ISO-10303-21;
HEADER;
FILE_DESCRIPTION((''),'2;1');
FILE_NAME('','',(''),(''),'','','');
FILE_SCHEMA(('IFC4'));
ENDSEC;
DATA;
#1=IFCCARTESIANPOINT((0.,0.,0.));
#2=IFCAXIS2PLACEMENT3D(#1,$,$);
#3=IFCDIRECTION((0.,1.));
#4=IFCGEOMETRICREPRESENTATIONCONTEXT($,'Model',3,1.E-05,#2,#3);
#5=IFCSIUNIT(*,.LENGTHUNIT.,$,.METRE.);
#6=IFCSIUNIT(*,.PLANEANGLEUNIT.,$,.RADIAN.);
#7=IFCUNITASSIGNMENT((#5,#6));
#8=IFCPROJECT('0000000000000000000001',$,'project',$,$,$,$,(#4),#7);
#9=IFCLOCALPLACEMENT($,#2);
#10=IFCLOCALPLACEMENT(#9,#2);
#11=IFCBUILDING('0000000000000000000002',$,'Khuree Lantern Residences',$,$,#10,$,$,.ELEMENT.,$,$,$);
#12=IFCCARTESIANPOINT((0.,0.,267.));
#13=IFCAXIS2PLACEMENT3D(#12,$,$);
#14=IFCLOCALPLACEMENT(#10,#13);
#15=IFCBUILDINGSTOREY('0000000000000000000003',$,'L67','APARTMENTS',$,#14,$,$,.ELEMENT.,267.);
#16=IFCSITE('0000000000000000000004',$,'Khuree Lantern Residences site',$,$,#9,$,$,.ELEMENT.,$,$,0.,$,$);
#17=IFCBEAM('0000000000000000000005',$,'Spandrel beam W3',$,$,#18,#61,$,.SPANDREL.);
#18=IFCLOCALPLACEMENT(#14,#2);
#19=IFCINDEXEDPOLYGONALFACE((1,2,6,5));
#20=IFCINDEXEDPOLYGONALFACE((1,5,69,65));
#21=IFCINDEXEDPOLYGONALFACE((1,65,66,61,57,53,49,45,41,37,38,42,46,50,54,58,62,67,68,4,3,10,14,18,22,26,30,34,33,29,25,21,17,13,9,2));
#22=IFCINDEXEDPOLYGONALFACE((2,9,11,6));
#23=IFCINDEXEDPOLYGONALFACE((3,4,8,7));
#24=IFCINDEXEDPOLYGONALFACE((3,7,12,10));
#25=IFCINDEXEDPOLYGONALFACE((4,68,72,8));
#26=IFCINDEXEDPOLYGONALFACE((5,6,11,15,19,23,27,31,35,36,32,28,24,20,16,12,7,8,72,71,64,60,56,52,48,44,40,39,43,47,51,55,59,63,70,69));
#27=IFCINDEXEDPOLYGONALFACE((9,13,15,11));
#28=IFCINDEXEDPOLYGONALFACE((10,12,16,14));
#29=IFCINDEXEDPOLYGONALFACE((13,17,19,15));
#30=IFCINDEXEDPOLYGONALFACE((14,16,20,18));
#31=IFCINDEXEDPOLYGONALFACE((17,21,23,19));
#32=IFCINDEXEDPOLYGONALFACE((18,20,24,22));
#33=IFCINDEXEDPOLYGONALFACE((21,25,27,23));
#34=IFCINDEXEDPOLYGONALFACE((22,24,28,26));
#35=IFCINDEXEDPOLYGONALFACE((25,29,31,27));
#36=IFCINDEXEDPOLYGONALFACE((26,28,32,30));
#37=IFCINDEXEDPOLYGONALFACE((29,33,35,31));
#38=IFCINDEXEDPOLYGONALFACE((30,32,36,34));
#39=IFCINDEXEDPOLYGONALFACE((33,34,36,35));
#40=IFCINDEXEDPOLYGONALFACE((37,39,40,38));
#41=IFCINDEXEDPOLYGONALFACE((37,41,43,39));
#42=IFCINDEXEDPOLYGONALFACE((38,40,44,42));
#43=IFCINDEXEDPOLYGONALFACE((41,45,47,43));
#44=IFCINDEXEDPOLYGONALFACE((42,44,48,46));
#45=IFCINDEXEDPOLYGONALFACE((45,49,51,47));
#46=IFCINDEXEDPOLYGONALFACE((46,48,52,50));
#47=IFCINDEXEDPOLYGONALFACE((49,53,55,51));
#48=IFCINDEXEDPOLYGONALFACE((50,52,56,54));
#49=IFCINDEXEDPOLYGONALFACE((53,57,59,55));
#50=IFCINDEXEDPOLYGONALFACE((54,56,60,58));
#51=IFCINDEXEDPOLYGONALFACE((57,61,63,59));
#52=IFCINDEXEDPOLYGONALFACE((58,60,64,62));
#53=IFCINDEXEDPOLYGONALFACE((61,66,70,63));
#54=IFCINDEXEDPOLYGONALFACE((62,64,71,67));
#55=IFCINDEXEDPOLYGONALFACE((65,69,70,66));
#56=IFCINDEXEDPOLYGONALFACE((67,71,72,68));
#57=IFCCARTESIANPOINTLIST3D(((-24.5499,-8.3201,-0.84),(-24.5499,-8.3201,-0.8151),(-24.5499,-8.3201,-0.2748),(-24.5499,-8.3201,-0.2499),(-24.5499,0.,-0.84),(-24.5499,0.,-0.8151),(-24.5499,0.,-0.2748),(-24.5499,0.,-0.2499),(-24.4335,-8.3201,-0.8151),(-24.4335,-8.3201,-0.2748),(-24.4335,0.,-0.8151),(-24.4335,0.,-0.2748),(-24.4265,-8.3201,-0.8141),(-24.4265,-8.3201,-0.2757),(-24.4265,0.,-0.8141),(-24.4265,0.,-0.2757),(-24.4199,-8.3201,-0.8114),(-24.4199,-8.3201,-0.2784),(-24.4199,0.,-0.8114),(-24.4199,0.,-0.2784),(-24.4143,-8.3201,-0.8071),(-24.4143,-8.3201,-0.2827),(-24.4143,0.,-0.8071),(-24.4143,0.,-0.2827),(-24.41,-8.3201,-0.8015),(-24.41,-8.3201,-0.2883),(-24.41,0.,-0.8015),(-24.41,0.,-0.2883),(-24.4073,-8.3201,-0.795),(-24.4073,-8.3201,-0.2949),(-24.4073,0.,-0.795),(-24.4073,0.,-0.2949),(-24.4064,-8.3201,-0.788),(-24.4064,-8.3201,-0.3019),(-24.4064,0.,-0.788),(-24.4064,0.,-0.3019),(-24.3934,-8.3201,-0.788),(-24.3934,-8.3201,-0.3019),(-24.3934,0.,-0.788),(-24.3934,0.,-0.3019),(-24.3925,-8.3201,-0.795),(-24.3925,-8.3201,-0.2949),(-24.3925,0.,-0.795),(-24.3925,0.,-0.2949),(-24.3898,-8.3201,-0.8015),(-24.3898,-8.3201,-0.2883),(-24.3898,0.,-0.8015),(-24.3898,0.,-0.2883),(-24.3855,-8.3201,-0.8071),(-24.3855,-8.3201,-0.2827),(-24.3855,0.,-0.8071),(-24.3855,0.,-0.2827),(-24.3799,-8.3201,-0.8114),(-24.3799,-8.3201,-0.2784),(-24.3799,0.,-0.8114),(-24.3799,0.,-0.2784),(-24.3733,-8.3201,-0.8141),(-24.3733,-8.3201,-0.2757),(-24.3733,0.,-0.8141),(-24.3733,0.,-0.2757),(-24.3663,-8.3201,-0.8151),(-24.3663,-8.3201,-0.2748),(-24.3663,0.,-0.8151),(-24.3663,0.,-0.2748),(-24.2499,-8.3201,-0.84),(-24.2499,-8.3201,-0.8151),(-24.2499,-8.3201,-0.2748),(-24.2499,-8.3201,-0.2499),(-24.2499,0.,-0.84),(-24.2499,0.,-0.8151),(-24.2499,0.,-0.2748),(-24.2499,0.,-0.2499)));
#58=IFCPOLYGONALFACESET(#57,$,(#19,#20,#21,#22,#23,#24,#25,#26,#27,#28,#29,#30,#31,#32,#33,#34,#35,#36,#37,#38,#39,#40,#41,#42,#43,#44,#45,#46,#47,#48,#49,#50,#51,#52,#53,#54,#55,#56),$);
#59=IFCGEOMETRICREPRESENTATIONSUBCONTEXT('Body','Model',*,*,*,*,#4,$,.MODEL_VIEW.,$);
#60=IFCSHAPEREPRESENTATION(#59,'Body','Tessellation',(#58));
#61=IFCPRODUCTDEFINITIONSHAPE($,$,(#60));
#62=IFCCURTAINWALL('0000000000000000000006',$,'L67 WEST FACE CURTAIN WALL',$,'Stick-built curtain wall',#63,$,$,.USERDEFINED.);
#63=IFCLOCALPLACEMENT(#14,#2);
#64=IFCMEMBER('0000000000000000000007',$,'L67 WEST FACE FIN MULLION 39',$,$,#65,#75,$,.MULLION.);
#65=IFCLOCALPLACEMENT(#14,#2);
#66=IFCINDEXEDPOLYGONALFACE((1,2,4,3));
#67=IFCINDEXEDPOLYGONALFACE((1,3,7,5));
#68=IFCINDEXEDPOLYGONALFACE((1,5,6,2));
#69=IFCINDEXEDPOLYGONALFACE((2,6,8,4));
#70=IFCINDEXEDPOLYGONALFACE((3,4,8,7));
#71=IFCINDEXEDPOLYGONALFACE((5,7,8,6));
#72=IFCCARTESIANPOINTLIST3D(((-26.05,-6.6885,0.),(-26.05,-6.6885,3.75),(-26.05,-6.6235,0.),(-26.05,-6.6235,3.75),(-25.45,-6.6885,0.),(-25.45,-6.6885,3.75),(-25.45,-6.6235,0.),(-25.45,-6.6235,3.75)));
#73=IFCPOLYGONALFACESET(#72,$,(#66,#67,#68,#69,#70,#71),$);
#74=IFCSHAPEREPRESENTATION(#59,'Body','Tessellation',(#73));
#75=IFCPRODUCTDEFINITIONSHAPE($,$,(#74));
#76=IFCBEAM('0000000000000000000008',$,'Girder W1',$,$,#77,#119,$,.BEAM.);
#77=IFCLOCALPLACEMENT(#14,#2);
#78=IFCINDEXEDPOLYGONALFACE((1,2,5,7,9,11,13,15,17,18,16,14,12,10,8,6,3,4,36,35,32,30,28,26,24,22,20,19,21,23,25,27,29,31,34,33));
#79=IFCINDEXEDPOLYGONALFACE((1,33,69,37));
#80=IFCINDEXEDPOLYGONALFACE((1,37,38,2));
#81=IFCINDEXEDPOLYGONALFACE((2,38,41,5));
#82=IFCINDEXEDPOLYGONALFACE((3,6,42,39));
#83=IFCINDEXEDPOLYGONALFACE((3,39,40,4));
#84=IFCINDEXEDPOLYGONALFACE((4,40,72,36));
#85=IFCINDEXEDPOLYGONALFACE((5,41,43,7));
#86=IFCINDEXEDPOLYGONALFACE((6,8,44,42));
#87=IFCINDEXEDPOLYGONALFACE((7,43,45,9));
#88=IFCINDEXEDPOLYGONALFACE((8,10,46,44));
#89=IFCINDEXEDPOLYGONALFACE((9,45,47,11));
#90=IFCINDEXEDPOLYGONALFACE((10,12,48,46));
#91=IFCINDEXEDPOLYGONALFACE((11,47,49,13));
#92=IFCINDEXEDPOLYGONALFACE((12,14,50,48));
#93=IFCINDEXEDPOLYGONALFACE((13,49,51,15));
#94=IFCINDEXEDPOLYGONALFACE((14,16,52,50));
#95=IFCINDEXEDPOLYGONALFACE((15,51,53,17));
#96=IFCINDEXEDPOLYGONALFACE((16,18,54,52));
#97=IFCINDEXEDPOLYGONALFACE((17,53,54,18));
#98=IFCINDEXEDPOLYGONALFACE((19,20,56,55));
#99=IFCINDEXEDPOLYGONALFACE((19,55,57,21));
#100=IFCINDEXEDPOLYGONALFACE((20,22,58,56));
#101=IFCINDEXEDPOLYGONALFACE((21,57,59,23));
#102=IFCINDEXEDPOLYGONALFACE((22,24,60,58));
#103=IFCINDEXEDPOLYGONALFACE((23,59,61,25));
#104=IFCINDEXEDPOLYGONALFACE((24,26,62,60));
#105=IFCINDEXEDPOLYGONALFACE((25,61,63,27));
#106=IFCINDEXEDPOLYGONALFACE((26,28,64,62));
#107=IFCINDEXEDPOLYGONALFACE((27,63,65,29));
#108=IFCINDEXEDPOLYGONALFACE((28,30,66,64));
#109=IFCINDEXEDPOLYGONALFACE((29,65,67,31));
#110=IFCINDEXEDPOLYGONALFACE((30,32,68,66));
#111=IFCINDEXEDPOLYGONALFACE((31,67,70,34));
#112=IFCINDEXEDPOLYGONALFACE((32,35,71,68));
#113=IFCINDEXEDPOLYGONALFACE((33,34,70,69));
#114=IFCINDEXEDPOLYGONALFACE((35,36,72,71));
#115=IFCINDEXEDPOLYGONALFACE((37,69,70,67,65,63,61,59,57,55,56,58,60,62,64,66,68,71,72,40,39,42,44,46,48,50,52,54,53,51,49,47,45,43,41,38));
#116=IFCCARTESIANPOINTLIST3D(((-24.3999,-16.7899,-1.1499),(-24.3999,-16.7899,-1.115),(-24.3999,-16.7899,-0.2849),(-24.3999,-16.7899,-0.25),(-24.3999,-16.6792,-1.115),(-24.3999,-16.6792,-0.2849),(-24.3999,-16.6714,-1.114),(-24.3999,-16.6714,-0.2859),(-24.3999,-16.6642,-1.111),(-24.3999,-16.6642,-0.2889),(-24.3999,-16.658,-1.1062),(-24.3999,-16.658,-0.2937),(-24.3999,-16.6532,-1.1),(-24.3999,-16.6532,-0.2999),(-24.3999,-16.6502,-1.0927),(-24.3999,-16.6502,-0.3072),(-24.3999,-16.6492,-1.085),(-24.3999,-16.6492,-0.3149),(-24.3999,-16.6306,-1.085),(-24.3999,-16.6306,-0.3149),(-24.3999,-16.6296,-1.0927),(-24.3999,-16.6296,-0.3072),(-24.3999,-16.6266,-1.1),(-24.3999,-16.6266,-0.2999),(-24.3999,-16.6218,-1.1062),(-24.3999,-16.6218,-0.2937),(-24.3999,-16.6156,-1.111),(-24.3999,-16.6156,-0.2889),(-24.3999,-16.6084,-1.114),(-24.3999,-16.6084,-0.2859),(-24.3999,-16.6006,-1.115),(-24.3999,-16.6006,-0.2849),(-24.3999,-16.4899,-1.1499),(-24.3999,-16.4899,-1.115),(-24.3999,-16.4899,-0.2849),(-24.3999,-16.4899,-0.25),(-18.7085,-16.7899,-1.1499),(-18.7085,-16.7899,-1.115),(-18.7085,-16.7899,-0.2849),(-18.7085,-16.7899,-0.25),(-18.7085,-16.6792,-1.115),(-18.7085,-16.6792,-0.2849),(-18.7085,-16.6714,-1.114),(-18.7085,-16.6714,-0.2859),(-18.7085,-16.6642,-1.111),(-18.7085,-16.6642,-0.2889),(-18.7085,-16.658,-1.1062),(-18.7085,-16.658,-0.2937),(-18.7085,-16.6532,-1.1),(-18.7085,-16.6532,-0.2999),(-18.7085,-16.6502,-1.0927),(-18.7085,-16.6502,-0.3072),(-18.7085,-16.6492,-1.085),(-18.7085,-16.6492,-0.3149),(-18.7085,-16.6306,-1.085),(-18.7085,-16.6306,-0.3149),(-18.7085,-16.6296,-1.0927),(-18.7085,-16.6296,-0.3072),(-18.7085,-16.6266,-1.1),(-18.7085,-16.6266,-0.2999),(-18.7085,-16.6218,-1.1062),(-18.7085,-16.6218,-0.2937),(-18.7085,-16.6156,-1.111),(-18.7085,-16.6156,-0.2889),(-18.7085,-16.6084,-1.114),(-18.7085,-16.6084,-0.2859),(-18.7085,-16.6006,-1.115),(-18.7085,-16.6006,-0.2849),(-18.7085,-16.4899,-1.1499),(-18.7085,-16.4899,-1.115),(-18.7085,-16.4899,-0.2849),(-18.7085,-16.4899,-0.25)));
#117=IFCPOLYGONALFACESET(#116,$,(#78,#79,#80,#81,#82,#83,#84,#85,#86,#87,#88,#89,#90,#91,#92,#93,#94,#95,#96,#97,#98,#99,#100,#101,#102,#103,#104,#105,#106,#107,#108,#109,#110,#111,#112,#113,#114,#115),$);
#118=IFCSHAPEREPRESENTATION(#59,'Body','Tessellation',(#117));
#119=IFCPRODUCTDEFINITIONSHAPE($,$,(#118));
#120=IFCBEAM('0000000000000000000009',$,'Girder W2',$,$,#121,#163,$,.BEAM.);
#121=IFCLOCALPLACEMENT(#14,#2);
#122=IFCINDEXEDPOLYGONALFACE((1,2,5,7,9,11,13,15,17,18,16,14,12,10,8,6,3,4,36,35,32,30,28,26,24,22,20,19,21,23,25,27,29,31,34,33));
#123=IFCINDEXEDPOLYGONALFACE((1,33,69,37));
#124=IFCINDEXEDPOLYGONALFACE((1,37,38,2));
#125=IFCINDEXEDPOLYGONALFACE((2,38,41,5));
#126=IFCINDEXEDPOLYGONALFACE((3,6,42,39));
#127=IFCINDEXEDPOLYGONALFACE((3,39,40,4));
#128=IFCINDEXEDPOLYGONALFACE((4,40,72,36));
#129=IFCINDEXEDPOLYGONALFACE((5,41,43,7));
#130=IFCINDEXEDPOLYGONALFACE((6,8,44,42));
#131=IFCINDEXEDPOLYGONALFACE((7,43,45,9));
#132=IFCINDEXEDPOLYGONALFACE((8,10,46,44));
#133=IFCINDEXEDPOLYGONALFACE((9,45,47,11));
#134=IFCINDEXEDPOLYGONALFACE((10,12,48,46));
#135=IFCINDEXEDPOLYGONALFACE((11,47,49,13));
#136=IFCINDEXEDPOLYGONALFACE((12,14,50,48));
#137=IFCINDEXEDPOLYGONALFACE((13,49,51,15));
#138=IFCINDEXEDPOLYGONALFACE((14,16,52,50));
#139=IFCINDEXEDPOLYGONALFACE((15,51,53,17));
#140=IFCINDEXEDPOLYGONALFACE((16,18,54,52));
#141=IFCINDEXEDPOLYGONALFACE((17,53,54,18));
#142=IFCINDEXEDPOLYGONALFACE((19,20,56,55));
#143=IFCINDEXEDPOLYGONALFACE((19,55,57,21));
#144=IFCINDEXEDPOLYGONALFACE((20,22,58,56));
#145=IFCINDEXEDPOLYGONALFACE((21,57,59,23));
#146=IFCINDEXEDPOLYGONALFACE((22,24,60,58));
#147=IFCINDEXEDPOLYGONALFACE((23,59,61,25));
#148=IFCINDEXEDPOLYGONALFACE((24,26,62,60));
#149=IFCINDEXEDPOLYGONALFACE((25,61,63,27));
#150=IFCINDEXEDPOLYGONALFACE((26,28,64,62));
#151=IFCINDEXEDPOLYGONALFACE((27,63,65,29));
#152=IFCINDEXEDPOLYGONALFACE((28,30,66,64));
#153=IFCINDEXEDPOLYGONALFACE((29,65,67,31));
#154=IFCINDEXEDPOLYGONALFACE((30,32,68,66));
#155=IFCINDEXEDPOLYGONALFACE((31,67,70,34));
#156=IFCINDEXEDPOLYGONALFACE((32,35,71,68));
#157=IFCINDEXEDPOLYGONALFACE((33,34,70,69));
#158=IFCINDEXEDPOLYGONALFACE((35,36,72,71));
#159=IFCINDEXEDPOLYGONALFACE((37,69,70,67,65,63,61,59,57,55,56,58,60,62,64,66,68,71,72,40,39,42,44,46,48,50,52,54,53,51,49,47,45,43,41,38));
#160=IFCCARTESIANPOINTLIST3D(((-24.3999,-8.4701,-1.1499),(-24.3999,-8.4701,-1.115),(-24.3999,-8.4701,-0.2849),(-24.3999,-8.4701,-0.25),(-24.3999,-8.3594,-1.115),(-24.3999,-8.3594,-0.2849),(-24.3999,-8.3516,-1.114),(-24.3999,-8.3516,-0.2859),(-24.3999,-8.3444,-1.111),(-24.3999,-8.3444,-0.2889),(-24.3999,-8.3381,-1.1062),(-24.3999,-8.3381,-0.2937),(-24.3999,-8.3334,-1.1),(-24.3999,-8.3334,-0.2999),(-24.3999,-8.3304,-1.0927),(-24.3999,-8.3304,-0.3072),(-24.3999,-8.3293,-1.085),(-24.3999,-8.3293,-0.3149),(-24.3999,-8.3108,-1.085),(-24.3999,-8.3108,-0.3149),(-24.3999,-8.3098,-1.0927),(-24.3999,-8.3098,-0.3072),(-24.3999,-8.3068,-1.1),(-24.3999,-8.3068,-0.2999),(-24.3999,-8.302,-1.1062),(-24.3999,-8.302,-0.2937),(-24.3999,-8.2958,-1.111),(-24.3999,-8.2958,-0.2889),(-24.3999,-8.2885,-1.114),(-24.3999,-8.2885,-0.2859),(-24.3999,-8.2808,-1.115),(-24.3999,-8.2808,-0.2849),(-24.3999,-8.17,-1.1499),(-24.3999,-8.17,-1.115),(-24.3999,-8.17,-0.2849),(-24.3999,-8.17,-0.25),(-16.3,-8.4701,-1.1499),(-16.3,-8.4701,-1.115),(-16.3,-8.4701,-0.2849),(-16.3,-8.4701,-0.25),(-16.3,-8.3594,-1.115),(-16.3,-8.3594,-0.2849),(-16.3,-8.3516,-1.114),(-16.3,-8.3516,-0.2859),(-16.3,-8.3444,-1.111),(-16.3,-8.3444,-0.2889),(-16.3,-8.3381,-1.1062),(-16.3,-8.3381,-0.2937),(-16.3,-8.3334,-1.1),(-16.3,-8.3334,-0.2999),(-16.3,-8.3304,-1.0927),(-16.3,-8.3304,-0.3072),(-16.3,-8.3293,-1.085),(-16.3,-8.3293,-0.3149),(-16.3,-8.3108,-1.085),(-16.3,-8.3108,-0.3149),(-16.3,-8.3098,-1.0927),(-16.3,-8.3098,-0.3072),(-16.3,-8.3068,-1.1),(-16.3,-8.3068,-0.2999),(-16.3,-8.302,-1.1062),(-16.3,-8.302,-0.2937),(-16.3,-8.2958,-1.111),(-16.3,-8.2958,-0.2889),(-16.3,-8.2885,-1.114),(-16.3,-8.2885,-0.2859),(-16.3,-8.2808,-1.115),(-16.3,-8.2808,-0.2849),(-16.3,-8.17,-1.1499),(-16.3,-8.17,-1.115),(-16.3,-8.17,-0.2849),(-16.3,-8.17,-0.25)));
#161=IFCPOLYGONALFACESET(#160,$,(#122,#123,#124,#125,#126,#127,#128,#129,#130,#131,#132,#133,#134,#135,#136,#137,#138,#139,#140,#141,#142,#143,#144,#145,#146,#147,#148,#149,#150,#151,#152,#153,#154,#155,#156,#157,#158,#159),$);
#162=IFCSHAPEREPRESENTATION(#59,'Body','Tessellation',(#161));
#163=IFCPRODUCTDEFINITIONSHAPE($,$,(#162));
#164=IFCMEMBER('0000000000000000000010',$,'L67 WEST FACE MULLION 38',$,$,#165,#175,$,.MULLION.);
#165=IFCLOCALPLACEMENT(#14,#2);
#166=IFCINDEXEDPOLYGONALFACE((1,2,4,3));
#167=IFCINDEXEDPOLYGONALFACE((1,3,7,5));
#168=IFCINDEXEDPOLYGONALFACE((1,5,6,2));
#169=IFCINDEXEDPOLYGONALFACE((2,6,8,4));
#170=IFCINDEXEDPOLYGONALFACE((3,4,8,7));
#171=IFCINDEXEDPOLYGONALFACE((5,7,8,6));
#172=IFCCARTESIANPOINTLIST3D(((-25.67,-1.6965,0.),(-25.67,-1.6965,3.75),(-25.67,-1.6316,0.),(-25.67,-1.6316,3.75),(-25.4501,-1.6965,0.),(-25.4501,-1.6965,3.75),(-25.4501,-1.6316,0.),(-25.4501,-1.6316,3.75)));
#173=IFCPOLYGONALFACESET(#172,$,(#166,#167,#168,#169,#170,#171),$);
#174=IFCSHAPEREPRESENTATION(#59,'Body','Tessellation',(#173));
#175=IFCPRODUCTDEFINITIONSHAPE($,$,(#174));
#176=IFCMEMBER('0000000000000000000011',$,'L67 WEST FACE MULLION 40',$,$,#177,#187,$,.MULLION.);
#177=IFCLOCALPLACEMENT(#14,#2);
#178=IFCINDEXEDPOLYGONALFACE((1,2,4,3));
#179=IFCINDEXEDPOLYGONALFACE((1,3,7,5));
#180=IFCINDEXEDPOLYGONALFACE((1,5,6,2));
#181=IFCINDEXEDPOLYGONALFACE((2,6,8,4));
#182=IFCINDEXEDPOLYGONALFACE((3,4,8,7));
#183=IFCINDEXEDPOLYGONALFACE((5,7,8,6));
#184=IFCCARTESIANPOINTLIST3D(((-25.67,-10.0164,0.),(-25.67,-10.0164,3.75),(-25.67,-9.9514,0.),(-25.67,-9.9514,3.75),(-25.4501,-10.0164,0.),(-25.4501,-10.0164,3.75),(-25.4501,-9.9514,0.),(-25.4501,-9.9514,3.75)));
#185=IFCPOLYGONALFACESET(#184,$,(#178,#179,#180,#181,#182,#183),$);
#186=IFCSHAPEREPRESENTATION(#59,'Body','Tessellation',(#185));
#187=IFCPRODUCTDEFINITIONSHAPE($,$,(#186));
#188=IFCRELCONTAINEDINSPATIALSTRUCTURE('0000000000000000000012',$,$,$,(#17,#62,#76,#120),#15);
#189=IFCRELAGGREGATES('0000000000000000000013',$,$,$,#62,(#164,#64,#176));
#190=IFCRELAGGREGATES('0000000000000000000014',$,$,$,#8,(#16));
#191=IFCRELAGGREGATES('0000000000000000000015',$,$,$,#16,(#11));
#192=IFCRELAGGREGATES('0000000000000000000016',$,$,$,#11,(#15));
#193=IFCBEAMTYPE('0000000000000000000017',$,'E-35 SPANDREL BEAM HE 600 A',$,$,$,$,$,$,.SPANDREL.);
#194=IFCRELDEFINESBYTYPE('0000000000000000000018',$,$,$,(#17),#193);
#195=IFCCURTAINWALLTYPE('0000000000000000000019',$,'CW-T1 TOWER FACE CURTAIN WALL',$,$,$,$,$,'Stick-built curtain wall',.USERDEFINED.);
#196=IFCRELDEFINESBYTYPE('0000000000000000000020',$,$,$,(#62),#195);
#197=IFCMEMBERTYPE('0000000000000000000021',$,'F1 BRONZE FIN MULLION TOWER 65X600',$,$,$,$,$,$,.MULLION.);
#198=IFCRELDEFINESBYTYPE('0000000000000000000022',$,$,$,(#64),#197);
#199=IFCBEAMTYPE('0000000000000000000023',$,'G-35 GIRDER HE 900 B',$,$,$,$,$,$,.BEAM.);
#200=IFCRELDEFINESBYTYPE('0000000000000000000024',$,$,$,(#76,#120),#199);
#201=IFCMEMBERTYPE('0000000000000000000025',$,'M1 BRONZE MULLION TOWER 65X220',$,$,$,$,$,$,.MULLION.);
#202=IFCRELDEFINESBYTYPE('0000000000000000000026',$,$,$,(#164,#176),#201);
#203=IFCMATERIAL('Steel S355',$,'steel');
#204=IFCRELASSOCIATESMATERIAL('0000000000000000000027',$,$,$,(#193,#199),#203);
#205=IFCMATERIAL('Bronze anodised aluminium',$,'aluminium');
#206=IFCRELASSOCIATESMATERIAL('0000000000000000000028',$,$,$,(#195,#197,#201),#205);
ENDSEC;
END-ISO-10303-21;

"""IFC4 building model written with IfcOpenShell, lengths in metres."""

from ifc_helpers import new_model, si_unit, direction, frame, origin, origin_2d, place, context, subcontext, project, spatial, rectangle, i_section, extrude, material, material_profile, profile_set, type_object, element, aggregate, save


model = new_model("IFC4")

# Units and contexts
model_context = context("Model", 3, precision=1e-05, world=origin(), true_north=direction((0.0, 1.0)))
body_context = subcontext(model_context, "Body", "Model", "MODEL_VIEW")
ifc_project = project(units=[si_unit("LENGTHUNIT", "METRE"), si_unit("PLANEANGLEUNIT", "RADIAN")], contexts=[model_context])

# Site, building, storey
site_placement = place(None, origin())
site = spatial("IfcSite", under=ifc_project, at=site_placement, Name="Khuree Lantern Residences site", CompositionType="ELEMENT", RefElevation=0.0)
building_placement = place(site_placement, origin())
building = spatial("IfcBuilding", under=site, at=building_placement, Name="Khuree Lantern Residences", CompositionType="ELEMENT")
storey_placement = place(building_placement, frame((0.0, 0.0, 267.0)))
storey = spatial("IfcBuildingStorey", under=building, at=storey_placement, Name="L67", Description="APARTMENTS", CompositionType="ELEMENT", Elevation=267.0)

# Beam
ifc_material_1 = material(Name="Steel S355", Category="steel")
ifc_material_profile_1 = material_profile(ifc_material_1, i_section(OverallWidth=0.3, OverallDepth=0.5901, WebThickness=0.0129, FlangeThickness=0.0249, FilletRadius=0.0271, at=origin_2d()), Name="HE 600 A")
ifc_profile_set_1 = profile_set([ifc_material_profile_1], Name="Steel S355")
beam_type_1 = type_object("IfcBeamType", Name="E-35 SPANDREL BEAM HE 600 A", PredefinedType="SPANDREL", material=ifc_profile_set_1)
beam_1_placement = place(storey_placement, frame((-24.3999, -8.3201, -0.5449), z_axis=(0.0, 1.0, 0.0), x_axis=(-1.0, 0.0, 0.0)))
element("IfcBeam", 1, at=beam_1_placement, inside=storey, type_object=beam_type_1, Name="Spandrel beam W3", PredefinedType="SPANDREL", context=body_context, shape_type="SweptSolid", body=[
    extrude(i_section(OverallWidth=0.3, OverallDepth=0.5901, WebThickness=0.0129, FlangeThickness=0.0249, FilletRadius=0.0271, at=origin_2d()), origin(), (0.0, 0.0, 1.0), 8.3201),
])

# Curtain wall, member
ifc_material_2 = material(Name="Bronze anodised aluminium", Category="aluminium")
curtain_wall_type = type_object("IfcCurtainWallType", Name="CW-T1 TOWER FACE CURTAIN WALL", ElementType="Stick-built curtain wall", PredefinedType="USERDEFINED", material=ifc_material_2)
curtain_wall_placement = place(storey_placement, origin())
curtain_wall = element("IfcCurtainWall", 2, at=curtain_wall_placement, inside=storey, type_object=curtain_wall_type, Name="L67 WEST FACE CURTAIN WALL", ObjectType="Stick-built curtain wall", PredefinedType="USERDEFINED")
ifc_material_profile_2 = material_profile(ifc_material_2, rectangle(XDim=0.0649, YDim=0.6001, at=origin_2d()), Name="F1 65X600")
ifc_profile_set_2 = profile_set([ifc_material_profile_2], Name="Bronze anodised aluminium")
member_type_1 = type_object("IfcMemberType", Name="F1 BRONZE FIN MULLION TOWER 65X600", PredefinedType="MULLION", material=ifc_profile_set_2)
member_1_placement = place(storey_placement, frame((-25.75, -6.656, 0.0), z_axis=(0.0, 0.0, 1.0), x_axis=(0.0, -1.0, 0.0)))
member_1 = element("IfcMember", 3, at=member_1_placement, type_object=member_type_1, Name="L67 WEST FACE FIN MULLION 39", PredefinedType="MULLION", context=body_context, shape_type="SweptSolid", body=[
    extrude(rectangle(XDim=0.0649, YDim=0.6001, at=origin_2d()), origin(), (0.0, 0.0, 1.0), 3.75),
])

# Beams
ifc_material_profile_3 = material_profile(ifc_material_1, i_section(OverallWidth=0.3, OverallDepth=0.8999, WebThickness=0.0186, FlangeThickness=0.0349, FilletRadius=0.03, at=origin_2d()), Name="HE 900 B")
ifc_profile_set_3 = profile_set([ifc_material_profile_3], Name="Steel S355")
beam_type_2 = type_object("IfcBeamType", Name="G-35 GIRDER HE 900 B", PredefinedType="BEAM", material=ifc_profile_set_3)
beam_2_placement = place(storey_placement, frame((-24.3999, -16.6399, -0.7), z_axis=(1.0, 0.0, 0.0), x_axis=(0.0, 1.0, 0.0)))
element("IfcBeam", 4, at=beam_2_placement, inside=storey, type_object=beam_type_2, Name="Girder W1", PredefinedType="BEAM", context=body_context, shape_type="SweptSolid", body=[
    extrude(i_section(OverallWidth=0.3, OverallDepth=0.8999, WebThickness=0.0186, FlangeThickness=0.0349, FilletRadius=0.03, at=origin_2d()), origin(), (0.0, 0.0, 1.0), 5.6914),
])
beam_3_placement = place(storey_placement, frame((-24.3999, -8.3201, -0.7), z_axis=(1.0, 0.0, 0.0), x_axis=(0.0, 1.0, 0.0)))
element("IfcBeam", 5, at=beam_3_placement, inside=storey, type_object=beam_type_2, Name="Girder W2", PredefinedType="BEAM", context=body_context, shape_type="SweptSolid", body=[
    extrude(i_section(OverallWidth=0.3, OverallDepth=0.8999, WebThickness=0.0186, FlangeThickness=0.0349, FilletRadius=0.03, at=origin_2d()), origin(), (0.0, 0.0, 1.0), 8.0999),
])

# Members
ifc_material_profile_4 = material_profile(ifc_material_2, rectangle(XDim=0.0649, YDim=0.22, at=origin_2d()), Name="M1 65X220")
ifc_profile_set_4 = profile_set([ifc_material_profile_4], Name="Bronze anodised aluminium")
member_type_2 = type_object("IfcMemberType", Name="M1 BRONZE MULLION TOWER 65X220", PredefinedType="MULLION", material=ifc_profile_set_4)
member_2_placement = place(storey_placement, frame((-25.5601, -1.6641, 0.0), z_axis=(0.0, 0.0, 1.0), x_axis=(0.0, -1.0, 0.0)))
member_2 = element("IfcMember", 6, at=member_2_placement, type_object=member_type_2, Name="L67 WEST FACE MULLION 38", PredefinedType="MULLION", context=body_context, shape_type="SweptSolid", body=[
    extrude(rectangle(XDim=0.0649, YDim=0.22, at=origin_2d()), origin(), (0.0, 0.0, 1.0), 3.75),
])
member_3_placement = place(storey_placement, frame((-25.5601, -9.9839, 0.0), z_axis=(0.0, 0.0, 1.0), x_axis=(0.0, -1.0, 0.0)))
member_3 = element("IfcMember", 7, at=member_3_placement, type_object=member_type_2, Name="L67 WEST FACE MULLION 40", PredefinedType="MULLION", context=body_context, shape_type="SweptSolid", body=[
    extrude(rectangle(XDim=0.0649, YDim=0.22, at=origin_2d()), origin(), (0.0, 0.0, 1.0), 3.75),
])

aggregate(curtain_wall, [member_2, member_1, member_3])

save(model, "model.ifc")
